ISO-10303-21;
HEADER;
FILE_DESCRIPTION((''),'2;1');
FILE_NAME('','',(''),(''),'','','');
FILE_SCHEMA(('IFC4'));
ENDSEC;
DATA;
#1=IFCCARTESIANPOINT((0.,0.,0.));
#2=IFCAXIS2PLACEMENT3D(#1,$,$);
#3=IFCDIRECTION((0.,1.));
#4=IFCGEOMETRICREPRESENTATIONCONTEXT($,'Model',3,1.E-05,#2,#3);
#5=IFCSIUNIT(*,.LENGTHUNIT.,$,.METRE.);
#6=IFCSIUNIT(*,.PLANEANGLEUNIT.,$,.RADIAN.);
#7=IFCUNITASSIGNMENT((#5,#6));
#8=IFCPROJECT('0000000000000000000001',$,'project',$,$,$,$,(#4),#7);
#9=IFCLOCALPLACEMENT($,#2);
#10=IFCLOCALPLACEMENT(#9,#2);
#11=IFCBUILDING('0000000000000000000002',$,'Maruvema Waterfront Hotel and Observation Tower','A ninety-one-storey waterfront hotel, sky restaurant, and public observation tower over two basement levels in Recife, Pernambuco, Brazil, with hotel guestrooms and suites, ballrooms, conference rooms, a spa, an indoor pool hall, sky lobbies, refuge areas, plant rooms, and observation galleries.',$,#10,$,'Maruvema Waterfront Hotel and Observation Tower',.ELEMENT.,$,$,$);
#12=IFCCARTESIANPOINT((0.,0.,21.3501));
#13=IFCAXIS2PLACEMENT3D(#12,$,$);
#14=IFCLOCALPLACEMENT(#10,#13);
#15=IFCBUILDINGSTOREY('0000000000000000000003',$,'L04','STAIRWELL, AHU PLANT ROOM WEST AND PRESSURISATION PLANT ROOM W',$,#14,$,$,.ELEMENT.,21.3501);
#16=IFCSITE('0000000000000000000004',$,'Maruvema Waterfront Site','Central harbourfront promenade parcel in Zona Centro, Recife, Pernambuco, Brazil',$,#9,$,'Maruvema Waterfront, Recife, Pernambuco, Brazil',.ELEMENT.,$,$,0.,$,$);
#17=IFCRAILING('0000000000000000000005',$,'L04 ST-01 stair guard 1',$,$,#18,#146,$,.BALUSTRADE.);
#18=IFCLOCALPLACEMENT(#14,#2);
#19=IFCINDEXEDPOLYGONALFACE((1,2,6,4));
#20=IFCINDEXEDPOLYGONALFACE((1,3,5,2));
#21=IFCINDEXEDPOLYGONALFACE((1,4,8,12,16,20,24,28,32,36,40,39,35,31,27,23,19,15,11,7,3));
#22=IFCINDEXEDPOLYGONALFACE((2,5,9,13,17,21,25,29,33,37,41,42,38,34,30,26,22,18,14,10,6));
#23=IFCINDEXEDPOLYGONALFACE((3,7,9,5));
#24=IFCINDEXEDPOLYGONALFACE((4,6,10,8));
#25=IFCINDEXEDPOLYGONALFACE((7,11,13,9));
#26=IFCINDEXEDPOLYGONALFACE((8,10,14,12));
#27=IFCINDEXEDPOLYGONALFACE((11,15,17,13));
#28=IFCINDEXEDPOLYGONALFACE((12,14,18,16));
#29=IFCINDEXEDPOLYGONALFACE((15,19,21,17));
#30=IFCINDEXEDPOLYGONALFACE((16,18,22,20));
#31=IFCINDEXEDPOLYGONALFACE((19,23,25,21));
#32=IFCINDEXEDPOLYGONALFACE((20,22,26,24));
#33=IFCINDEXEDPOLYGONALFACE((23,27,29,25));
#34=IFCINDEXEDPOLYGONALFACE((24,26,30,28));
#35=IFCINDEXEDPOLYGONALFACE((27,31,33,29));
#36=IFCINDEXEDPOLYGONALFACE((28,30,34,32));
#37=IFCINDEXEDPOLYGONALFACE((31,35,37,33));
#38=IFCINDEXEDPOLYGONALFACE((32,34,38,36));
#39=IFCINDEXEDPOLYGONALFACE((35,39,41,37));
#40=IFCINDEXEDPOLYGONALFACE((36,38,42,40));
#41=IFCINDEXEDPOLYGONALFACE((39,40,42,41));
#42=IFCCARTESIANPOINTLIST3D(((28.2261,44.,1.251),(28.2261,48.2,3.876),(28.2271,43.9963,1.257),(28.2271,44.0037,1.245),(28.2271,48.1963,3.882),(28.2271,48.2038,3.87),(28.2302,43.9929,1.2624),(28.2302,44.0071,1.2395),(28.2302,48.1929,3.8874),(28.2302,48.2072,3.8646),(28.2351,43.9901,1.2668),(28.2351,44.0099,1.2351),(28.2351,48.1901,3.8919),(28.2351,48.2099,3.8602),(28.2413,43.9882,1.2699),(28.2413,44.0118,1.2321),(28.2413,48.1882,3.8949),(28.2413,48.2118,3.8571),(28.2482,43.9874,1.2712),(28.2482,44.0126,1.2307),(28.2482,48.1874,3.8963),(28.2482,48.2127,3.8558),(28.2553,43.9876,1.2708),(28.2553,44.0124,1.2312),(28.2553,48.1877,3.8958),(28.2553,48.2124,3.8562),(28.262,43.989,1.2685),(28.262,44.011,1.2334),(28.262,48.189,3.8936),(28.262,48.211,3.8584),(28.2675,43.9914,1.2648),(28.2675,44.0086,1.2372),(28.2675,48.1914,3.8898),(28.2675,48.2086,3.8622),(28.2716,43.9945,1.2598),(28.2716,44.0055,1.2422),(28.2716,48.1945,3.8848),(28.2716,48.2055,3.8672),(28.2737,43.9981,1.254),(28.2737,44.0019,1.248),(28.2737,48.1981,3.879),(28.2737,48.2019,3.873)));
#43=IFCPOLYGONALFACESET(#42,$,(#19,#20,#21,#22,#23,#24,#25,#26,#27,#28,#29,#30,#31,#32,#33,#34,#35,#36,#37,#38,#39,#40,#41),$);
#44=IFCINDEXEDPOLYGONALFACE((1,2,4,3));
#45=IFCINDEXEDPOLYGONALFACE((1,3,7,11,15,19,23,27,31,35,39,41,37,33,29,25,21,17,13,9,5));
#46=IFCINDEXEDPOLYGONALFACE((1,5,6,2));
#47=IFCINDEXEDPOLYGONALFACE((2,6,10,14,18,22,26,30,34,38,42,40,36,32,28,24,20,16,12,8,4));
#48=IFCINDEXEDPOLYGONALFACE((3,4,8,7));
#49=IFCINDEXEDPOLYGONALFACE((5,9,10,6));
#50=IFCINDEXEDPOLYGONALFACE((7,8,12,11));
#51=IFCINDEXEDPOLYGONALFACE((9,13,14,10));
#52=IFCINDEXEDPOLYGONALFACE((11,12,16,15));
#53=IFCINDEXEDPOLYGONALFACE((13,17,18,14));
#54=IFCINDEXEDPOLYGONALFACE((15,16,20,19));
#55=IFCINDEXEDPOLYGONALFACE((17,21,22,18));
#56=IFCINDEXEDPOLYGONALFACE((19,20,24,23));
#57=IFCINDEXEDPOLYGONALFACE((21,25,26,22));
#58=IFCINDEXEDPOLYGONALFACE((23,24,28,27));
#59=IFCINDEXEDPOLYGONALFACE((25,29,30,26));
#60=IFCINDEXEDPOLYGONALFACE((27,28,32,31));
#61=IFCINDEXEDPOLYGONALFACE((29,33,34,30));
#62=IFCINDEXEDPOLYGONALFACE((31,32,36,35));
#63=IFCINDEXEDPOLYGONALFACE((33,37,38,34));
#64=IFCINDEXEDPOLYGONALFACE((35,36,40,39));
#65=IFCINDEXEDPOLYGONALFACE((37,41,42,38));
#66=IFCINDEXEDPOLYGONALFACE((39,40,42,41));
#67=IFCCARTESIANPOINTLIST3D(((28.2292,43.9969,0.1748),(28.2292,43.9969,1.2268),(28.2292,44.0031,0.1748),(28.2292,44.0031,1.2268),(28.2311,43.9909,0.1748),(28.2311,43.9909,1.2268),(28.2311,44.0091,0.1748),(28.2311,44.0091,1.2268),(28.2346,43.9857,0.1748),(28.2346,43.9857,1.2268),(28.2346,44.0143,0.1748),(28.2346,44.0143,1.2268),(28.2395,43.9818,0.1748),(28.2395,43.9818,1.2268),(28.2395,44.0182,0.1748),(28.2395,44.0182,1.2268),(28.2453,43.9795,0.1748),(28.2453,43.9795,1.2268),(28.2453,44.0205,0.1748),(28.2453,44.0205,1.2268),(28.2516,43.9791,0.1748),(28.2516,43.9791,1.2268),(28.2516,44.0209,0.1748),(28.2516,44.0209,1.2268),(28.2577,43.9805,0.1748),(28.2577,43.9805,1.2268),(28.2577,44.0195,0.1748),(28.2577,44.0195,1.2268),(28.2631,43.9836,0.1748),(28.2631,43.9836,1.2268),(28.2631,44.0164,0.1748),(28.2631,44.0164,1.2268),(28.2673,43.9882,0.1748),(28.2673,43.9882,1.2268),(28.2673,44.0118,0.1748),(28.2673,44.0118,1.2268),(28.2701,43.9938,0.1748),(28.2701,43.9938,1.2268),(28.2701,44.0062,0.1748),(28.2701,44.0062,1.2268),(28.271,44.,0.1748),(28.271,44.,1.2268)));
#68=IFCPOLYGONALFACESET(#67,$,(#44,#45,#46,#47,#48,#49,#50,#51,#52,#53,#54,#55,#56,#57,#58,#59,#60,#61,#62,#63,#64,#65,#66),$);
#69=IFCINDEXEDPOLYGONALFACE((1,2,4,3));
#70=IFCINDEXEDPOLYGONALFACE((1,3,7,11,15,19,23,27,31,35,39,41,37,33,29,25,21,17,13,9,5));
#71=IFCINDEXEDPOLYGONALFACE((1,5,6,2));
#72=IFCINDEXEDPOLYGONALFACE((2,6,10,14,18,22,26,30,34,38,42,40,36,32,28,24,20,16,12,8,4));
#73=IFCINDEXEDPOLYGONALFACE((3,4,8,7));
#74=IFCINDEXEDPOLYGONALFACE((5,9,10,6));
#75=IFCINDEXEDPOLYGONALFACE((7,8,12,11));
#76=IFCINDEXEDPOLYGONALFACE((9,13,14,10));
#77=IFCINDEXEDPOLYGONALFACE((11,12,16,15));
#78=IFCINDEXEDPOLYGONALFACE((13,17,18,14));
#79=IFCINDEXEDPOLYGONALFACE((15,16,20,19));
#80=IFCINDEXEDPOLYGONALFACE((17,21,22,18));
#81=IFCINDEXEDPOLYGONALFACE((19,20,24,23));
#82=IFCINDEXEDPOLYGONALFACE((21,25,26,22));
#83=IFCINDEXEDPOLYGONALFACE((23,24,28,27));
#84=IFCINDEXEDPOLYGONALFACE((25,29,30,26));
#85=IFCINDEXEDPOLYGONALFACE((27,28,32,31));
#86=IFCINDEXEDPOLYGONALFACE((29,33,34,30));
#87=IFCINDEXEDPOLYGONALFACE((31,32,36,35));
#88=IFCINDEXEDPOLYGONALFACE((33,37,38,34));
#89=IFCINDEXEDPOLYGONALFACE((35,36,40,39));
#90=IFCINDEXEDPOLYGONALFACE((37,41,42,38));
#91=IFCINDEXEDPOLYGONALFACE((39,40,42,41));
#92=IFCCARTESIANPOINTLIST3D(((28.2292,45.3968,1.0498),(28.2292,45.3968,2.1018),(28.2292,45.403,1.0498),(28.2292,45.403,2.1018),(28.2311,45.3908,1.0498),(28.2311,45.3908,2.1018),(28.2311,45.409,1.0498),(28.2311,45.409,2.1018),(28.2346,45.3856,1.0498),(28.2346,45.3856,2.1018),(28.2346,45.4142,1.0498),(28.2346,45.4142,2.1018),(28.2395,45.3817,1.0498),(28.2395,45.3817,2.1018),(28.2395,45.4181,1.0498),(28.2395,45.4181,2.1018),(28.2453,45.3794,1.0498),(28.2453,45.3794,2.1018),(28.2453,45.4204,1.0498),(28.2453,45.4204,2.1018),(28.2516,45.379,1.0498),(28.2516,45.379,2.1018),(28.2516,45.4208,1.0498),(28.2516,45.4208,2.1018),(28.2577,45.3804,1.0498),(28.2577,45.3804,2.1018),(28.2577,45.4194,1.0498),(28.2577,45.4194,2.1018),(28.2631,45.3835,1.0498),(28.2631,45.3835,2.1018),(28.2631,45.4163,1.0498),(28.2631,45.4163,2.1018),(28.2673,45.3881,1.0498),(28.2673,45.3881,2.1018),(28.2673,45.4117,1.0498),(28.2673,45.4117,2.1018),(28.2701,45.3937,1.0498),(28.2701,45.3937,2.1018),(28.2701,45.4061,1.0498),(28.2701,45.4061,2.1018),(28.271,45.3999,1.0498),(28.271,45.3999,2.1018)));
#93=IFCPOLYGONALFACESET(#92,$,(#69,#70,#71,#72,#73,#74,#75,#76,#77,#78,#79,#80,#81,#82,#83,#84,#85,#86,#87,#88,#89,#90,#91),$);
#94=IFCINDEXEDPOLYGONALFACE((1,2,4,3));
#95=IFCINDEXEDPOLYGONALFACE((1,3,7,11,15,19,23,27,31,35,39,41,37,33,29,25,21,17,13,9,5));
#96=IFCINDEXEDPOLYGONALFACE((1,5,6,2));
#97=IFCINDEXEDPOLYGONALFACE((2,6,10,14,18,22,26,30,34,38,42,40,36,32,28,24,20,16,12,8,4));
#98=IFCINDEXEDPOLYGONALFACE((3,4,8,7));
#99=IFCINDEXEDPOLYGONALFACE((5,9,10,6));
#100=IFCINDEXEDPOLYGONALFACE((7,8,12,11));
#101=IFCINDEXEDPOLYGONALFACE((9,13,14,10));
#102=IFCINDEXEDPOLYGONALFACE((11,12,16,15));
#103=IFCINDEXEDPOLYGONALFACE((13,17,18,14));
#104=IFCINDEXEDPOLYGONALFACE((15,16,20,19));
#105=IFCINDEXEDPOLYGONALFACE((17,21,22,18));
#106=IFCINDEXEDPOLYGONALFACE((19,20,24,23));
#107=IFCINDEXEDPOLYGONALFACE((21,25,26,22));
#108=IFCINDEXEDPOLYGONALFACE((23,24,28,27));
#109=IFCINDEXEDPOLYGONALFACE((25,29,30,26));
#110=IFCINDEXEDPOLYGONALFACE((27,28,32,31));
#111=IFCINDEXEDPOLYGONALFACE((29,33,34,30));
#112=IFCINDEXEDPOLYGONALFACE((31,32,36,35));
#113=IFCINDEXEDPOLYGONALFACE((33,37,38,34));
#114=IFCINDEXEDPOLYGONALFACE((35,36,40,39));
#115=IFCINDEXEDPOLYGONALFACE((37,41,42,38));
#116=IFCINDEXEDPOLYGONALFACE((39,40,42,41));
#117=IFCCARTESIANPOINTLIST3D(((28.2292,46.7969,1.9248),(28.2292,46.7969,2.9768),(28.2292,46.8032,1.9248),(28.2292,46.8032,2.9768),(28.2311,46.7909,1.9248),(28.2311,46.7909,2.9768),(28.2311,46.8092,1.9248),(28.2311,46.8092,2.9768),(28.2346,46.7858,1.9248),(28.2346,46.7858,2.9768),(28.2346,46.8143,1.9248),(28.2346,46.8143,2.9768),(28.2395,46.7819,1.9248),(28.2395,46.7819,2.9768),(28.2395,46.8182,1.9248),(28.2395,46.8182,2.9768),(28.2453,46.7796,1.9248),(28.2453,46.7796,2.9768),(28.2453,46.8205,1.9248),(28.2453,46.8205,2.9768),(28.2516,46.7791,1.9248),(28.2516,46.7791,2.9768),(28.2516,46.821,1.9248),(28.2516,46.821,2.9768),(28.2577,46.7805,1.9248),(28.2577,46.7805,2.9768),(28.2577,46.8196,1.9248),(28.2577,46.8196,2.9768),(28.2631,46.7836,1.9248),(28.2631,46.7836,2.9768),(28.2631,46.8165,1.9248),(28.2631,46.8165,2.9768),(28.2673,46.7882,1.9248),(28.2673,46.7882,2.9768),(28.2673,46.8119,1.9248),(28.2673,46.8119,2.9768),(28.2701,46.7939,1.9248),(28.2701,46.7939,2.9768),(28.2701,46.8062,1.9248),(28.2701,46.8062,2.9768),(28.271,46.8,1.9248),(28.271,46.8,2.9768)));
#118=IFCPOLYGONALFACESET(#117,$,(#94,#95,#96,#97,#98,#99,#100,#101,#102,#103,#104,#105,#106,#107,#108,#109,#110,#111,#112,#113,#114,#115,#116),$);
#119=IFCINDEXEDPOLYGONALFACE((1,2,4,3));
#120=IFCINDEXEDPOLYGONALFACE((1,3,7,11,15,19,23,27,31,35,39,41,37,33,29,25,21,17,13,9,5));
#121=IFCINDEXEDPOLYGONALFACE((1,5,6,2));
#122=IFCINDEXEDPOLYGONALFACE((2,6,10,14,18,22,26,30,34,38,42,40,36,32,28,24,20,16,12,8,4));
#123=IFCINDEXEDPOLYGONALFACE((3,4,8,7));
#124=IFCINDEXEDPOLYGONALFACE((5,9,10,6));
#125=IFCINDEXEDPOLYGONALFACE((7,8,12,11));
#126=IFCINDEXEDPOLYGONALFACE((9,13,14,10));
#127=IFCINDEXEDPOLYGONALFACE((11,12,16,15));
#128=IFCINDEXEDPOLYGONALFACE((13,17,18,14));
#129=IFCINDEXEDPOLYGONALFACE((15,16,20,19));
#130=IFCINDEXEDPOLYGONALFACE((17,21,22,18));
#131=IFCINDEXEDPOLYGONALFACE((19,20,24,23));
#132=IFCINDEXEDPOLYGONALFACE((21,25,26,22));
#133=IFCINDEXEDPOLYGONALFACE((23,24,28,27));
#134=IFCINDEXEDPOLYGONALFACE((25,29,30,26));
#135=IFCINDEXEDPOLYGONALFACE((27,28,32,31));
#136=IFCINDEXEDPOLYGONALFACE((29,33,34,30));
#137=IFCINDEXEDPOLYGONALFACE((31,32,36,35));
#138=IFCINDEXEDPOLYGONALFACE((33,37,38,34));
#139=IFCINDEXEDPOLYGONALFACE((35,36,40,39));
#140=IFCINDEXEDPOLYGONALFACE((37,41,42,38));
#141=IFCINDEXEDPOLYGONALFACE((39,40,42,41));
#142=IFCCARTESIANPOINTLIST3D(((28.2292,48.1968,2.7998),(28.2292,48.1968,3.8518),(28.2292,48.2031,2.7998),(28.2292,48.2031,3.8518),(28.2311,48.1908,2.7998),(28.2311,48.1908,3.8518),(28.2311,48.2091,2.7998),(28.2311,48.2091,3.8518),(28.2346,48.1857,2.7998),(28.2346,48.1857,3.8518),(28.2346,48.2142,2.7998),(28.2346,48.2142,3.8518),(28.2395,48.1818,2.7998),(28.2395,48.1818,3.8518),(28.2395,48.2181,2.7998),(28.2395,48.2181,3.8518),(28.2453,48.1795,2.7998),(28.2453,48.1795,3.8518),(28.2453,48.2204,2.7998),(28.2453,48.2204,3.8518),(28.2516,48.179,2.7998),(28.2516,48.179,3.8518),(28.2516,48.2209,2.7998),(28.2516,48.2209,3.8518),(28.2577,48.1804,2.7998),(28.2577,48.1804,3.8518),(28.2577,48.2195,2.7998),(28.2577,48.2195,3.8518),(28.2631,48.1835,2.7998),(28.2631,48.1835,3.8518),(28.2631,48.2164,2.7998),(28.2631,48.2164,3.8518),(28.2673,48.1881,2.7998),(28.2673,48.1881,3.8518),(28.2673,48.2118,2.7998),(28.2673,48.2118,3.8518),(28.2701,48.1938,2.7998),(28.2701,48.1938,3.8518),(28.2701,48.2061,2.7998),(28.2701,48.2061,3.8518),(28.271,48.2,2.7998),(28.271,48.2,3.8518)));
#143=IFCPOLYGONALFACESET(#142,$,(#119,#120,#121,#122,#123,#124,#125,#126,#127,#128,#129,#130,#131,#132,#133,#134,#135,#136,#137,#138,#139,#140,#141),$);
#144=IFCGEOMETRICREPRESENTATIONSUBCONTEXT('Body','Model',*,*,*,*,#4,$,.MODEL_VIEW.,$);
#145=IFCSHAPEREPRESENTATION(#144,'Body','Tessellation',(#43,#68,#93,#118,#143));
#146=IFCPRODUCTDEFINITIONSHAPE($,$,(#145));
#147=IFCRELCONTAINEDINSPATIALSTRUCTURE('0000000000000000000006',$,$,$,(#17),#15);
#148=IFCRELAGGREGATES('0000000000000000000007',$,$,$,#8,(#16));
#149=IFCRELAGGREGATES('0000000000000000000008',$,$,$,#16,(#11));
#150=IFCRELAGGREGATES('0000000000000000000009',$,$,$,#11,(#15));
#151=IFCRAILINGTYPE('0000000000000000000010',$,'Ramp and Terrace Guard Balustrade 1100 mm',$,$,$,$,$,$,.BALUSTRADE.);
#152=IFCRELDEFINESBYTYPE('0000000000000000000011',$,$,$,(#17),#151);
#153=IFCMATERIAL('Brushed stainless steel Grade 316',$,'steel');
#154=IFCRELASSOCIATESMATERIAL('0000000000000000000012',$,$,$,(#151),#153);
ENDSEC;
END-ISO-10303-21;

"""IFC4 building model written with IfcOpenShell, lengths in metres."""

from ifc_helpers import new_model, si_unit, direction, frame, origin, origin_2d, place, context, subcontext, project, spatial, circle, extrude, material, type_object, element, save


model = new_model("IFC4")

# Units and contexts
model_context = context("Model", 3, precision=1e-05, world=origin(), true_north=direction((0.0, 1.0)))
body_context = subcontext(model_context, "Body", "Model", "MODEL_VIEW")
ifc_project = project(units=[si_unit("LENGTHUNIT", "METRE"), si_unit("PLANEANGLEUNIT", "RADIAN")], contexts=[model_context])

# Site, building, storey
site_placement = place(None, origin())
site = spatial("IfcSite", under=ifc_project, at=site_placement, Name="Maruvema Waterfront Site", Description="Central harbourfront promenade parcel in Zona Centro, Recife, Pernambuco, Brazil", LongName="Maruvema Waterfront, Recife, Pernambuco, Brazil", CompositionType="ELEMENT", RefElevation=0.0)
building_placement = place(site_placement, origin())
building = spatial("IfcBuilding", under=site, at=building_placement, Name="Maruvema Waterfront Hotel and Observation Tower", Description="A ninety-one-storey waterfront hotel, sky restaurant, and public observation tower over two basement levels in Recife, Pernambuco, Brazil, with hotel guestrooms and suites, ballrooms, conference rooms, a spa, an indoor pool hall, sky lobbies, refuge areas, plant rooms, and observation galleries.", LongName="Maruvema Waterfront Hotel and Observation Tower", CompositionType="ELEMENT")
storey_placement = place(building_placement, frame((0.0, 0.0, 21.3501)))
storey = spatial("IfcBuildingStorey", under=building, at=storey_placement, Name="L04", Description="STAIRWELL, AHU PLANT ROOM WEST AND PRESSURISATION PLANT ROOM W", CompositionType="ELEMENT", Elevation=21.3501)

# Railing
ifc_material_1 = material(Name="Brushed stainless steel Grade 316", Category="steel")
railing_type_1 = type_object("IfcRailingType", Name="Ramp and Terrace Guard Balustrade 1100 mm", PredefinedType="BALUSTRADE", material=ifc_material_1)
railing_1_placement = place(storey_placement, frame((28.25, 44.0, 0.1748)))
element("IfcRailing", 1, at=railing_1_placement, inside=storey, type_object=railing_type_1, Name="L04 ST-01 stair guard 1", PredefinedType="BALUSTRADE", context=body_context, shape_type="SweptSolid", body=[
    extrude(circle(Radius=0.0239, at=origin_2d()), frame((0.0, 0.0, 1.0762), z_axis=(0.0, 0.847996, 0.530003), x_axis=(-1.0, 0.0, 0.0)), (0.0, 0.0, 1.0), 4.9529),
    extrude(circle(Radius=0.021, at=origin_2d()), origin(), (0.0, 0.0, 1.0), 1.052),
    extrude(circle(Radius=0.021, at=origin_2d()), frame((0.0, 1.3999, 0.875)), (0.0, 0.0, 1.0), 1.052),
    extrude(circle(Radius=0.021, at=origin_2d()), frame((0.0, 2.8, 1.75)), (0.0, 0.0, 1.0), 1.052),
    extrude(circle(Radius=0.021, at=origin_2d()), frame((0.0, 4.2, 2.625)), (0.0, 0.0, 1.0), 1.052),
])

save(model, "model.ifc")
